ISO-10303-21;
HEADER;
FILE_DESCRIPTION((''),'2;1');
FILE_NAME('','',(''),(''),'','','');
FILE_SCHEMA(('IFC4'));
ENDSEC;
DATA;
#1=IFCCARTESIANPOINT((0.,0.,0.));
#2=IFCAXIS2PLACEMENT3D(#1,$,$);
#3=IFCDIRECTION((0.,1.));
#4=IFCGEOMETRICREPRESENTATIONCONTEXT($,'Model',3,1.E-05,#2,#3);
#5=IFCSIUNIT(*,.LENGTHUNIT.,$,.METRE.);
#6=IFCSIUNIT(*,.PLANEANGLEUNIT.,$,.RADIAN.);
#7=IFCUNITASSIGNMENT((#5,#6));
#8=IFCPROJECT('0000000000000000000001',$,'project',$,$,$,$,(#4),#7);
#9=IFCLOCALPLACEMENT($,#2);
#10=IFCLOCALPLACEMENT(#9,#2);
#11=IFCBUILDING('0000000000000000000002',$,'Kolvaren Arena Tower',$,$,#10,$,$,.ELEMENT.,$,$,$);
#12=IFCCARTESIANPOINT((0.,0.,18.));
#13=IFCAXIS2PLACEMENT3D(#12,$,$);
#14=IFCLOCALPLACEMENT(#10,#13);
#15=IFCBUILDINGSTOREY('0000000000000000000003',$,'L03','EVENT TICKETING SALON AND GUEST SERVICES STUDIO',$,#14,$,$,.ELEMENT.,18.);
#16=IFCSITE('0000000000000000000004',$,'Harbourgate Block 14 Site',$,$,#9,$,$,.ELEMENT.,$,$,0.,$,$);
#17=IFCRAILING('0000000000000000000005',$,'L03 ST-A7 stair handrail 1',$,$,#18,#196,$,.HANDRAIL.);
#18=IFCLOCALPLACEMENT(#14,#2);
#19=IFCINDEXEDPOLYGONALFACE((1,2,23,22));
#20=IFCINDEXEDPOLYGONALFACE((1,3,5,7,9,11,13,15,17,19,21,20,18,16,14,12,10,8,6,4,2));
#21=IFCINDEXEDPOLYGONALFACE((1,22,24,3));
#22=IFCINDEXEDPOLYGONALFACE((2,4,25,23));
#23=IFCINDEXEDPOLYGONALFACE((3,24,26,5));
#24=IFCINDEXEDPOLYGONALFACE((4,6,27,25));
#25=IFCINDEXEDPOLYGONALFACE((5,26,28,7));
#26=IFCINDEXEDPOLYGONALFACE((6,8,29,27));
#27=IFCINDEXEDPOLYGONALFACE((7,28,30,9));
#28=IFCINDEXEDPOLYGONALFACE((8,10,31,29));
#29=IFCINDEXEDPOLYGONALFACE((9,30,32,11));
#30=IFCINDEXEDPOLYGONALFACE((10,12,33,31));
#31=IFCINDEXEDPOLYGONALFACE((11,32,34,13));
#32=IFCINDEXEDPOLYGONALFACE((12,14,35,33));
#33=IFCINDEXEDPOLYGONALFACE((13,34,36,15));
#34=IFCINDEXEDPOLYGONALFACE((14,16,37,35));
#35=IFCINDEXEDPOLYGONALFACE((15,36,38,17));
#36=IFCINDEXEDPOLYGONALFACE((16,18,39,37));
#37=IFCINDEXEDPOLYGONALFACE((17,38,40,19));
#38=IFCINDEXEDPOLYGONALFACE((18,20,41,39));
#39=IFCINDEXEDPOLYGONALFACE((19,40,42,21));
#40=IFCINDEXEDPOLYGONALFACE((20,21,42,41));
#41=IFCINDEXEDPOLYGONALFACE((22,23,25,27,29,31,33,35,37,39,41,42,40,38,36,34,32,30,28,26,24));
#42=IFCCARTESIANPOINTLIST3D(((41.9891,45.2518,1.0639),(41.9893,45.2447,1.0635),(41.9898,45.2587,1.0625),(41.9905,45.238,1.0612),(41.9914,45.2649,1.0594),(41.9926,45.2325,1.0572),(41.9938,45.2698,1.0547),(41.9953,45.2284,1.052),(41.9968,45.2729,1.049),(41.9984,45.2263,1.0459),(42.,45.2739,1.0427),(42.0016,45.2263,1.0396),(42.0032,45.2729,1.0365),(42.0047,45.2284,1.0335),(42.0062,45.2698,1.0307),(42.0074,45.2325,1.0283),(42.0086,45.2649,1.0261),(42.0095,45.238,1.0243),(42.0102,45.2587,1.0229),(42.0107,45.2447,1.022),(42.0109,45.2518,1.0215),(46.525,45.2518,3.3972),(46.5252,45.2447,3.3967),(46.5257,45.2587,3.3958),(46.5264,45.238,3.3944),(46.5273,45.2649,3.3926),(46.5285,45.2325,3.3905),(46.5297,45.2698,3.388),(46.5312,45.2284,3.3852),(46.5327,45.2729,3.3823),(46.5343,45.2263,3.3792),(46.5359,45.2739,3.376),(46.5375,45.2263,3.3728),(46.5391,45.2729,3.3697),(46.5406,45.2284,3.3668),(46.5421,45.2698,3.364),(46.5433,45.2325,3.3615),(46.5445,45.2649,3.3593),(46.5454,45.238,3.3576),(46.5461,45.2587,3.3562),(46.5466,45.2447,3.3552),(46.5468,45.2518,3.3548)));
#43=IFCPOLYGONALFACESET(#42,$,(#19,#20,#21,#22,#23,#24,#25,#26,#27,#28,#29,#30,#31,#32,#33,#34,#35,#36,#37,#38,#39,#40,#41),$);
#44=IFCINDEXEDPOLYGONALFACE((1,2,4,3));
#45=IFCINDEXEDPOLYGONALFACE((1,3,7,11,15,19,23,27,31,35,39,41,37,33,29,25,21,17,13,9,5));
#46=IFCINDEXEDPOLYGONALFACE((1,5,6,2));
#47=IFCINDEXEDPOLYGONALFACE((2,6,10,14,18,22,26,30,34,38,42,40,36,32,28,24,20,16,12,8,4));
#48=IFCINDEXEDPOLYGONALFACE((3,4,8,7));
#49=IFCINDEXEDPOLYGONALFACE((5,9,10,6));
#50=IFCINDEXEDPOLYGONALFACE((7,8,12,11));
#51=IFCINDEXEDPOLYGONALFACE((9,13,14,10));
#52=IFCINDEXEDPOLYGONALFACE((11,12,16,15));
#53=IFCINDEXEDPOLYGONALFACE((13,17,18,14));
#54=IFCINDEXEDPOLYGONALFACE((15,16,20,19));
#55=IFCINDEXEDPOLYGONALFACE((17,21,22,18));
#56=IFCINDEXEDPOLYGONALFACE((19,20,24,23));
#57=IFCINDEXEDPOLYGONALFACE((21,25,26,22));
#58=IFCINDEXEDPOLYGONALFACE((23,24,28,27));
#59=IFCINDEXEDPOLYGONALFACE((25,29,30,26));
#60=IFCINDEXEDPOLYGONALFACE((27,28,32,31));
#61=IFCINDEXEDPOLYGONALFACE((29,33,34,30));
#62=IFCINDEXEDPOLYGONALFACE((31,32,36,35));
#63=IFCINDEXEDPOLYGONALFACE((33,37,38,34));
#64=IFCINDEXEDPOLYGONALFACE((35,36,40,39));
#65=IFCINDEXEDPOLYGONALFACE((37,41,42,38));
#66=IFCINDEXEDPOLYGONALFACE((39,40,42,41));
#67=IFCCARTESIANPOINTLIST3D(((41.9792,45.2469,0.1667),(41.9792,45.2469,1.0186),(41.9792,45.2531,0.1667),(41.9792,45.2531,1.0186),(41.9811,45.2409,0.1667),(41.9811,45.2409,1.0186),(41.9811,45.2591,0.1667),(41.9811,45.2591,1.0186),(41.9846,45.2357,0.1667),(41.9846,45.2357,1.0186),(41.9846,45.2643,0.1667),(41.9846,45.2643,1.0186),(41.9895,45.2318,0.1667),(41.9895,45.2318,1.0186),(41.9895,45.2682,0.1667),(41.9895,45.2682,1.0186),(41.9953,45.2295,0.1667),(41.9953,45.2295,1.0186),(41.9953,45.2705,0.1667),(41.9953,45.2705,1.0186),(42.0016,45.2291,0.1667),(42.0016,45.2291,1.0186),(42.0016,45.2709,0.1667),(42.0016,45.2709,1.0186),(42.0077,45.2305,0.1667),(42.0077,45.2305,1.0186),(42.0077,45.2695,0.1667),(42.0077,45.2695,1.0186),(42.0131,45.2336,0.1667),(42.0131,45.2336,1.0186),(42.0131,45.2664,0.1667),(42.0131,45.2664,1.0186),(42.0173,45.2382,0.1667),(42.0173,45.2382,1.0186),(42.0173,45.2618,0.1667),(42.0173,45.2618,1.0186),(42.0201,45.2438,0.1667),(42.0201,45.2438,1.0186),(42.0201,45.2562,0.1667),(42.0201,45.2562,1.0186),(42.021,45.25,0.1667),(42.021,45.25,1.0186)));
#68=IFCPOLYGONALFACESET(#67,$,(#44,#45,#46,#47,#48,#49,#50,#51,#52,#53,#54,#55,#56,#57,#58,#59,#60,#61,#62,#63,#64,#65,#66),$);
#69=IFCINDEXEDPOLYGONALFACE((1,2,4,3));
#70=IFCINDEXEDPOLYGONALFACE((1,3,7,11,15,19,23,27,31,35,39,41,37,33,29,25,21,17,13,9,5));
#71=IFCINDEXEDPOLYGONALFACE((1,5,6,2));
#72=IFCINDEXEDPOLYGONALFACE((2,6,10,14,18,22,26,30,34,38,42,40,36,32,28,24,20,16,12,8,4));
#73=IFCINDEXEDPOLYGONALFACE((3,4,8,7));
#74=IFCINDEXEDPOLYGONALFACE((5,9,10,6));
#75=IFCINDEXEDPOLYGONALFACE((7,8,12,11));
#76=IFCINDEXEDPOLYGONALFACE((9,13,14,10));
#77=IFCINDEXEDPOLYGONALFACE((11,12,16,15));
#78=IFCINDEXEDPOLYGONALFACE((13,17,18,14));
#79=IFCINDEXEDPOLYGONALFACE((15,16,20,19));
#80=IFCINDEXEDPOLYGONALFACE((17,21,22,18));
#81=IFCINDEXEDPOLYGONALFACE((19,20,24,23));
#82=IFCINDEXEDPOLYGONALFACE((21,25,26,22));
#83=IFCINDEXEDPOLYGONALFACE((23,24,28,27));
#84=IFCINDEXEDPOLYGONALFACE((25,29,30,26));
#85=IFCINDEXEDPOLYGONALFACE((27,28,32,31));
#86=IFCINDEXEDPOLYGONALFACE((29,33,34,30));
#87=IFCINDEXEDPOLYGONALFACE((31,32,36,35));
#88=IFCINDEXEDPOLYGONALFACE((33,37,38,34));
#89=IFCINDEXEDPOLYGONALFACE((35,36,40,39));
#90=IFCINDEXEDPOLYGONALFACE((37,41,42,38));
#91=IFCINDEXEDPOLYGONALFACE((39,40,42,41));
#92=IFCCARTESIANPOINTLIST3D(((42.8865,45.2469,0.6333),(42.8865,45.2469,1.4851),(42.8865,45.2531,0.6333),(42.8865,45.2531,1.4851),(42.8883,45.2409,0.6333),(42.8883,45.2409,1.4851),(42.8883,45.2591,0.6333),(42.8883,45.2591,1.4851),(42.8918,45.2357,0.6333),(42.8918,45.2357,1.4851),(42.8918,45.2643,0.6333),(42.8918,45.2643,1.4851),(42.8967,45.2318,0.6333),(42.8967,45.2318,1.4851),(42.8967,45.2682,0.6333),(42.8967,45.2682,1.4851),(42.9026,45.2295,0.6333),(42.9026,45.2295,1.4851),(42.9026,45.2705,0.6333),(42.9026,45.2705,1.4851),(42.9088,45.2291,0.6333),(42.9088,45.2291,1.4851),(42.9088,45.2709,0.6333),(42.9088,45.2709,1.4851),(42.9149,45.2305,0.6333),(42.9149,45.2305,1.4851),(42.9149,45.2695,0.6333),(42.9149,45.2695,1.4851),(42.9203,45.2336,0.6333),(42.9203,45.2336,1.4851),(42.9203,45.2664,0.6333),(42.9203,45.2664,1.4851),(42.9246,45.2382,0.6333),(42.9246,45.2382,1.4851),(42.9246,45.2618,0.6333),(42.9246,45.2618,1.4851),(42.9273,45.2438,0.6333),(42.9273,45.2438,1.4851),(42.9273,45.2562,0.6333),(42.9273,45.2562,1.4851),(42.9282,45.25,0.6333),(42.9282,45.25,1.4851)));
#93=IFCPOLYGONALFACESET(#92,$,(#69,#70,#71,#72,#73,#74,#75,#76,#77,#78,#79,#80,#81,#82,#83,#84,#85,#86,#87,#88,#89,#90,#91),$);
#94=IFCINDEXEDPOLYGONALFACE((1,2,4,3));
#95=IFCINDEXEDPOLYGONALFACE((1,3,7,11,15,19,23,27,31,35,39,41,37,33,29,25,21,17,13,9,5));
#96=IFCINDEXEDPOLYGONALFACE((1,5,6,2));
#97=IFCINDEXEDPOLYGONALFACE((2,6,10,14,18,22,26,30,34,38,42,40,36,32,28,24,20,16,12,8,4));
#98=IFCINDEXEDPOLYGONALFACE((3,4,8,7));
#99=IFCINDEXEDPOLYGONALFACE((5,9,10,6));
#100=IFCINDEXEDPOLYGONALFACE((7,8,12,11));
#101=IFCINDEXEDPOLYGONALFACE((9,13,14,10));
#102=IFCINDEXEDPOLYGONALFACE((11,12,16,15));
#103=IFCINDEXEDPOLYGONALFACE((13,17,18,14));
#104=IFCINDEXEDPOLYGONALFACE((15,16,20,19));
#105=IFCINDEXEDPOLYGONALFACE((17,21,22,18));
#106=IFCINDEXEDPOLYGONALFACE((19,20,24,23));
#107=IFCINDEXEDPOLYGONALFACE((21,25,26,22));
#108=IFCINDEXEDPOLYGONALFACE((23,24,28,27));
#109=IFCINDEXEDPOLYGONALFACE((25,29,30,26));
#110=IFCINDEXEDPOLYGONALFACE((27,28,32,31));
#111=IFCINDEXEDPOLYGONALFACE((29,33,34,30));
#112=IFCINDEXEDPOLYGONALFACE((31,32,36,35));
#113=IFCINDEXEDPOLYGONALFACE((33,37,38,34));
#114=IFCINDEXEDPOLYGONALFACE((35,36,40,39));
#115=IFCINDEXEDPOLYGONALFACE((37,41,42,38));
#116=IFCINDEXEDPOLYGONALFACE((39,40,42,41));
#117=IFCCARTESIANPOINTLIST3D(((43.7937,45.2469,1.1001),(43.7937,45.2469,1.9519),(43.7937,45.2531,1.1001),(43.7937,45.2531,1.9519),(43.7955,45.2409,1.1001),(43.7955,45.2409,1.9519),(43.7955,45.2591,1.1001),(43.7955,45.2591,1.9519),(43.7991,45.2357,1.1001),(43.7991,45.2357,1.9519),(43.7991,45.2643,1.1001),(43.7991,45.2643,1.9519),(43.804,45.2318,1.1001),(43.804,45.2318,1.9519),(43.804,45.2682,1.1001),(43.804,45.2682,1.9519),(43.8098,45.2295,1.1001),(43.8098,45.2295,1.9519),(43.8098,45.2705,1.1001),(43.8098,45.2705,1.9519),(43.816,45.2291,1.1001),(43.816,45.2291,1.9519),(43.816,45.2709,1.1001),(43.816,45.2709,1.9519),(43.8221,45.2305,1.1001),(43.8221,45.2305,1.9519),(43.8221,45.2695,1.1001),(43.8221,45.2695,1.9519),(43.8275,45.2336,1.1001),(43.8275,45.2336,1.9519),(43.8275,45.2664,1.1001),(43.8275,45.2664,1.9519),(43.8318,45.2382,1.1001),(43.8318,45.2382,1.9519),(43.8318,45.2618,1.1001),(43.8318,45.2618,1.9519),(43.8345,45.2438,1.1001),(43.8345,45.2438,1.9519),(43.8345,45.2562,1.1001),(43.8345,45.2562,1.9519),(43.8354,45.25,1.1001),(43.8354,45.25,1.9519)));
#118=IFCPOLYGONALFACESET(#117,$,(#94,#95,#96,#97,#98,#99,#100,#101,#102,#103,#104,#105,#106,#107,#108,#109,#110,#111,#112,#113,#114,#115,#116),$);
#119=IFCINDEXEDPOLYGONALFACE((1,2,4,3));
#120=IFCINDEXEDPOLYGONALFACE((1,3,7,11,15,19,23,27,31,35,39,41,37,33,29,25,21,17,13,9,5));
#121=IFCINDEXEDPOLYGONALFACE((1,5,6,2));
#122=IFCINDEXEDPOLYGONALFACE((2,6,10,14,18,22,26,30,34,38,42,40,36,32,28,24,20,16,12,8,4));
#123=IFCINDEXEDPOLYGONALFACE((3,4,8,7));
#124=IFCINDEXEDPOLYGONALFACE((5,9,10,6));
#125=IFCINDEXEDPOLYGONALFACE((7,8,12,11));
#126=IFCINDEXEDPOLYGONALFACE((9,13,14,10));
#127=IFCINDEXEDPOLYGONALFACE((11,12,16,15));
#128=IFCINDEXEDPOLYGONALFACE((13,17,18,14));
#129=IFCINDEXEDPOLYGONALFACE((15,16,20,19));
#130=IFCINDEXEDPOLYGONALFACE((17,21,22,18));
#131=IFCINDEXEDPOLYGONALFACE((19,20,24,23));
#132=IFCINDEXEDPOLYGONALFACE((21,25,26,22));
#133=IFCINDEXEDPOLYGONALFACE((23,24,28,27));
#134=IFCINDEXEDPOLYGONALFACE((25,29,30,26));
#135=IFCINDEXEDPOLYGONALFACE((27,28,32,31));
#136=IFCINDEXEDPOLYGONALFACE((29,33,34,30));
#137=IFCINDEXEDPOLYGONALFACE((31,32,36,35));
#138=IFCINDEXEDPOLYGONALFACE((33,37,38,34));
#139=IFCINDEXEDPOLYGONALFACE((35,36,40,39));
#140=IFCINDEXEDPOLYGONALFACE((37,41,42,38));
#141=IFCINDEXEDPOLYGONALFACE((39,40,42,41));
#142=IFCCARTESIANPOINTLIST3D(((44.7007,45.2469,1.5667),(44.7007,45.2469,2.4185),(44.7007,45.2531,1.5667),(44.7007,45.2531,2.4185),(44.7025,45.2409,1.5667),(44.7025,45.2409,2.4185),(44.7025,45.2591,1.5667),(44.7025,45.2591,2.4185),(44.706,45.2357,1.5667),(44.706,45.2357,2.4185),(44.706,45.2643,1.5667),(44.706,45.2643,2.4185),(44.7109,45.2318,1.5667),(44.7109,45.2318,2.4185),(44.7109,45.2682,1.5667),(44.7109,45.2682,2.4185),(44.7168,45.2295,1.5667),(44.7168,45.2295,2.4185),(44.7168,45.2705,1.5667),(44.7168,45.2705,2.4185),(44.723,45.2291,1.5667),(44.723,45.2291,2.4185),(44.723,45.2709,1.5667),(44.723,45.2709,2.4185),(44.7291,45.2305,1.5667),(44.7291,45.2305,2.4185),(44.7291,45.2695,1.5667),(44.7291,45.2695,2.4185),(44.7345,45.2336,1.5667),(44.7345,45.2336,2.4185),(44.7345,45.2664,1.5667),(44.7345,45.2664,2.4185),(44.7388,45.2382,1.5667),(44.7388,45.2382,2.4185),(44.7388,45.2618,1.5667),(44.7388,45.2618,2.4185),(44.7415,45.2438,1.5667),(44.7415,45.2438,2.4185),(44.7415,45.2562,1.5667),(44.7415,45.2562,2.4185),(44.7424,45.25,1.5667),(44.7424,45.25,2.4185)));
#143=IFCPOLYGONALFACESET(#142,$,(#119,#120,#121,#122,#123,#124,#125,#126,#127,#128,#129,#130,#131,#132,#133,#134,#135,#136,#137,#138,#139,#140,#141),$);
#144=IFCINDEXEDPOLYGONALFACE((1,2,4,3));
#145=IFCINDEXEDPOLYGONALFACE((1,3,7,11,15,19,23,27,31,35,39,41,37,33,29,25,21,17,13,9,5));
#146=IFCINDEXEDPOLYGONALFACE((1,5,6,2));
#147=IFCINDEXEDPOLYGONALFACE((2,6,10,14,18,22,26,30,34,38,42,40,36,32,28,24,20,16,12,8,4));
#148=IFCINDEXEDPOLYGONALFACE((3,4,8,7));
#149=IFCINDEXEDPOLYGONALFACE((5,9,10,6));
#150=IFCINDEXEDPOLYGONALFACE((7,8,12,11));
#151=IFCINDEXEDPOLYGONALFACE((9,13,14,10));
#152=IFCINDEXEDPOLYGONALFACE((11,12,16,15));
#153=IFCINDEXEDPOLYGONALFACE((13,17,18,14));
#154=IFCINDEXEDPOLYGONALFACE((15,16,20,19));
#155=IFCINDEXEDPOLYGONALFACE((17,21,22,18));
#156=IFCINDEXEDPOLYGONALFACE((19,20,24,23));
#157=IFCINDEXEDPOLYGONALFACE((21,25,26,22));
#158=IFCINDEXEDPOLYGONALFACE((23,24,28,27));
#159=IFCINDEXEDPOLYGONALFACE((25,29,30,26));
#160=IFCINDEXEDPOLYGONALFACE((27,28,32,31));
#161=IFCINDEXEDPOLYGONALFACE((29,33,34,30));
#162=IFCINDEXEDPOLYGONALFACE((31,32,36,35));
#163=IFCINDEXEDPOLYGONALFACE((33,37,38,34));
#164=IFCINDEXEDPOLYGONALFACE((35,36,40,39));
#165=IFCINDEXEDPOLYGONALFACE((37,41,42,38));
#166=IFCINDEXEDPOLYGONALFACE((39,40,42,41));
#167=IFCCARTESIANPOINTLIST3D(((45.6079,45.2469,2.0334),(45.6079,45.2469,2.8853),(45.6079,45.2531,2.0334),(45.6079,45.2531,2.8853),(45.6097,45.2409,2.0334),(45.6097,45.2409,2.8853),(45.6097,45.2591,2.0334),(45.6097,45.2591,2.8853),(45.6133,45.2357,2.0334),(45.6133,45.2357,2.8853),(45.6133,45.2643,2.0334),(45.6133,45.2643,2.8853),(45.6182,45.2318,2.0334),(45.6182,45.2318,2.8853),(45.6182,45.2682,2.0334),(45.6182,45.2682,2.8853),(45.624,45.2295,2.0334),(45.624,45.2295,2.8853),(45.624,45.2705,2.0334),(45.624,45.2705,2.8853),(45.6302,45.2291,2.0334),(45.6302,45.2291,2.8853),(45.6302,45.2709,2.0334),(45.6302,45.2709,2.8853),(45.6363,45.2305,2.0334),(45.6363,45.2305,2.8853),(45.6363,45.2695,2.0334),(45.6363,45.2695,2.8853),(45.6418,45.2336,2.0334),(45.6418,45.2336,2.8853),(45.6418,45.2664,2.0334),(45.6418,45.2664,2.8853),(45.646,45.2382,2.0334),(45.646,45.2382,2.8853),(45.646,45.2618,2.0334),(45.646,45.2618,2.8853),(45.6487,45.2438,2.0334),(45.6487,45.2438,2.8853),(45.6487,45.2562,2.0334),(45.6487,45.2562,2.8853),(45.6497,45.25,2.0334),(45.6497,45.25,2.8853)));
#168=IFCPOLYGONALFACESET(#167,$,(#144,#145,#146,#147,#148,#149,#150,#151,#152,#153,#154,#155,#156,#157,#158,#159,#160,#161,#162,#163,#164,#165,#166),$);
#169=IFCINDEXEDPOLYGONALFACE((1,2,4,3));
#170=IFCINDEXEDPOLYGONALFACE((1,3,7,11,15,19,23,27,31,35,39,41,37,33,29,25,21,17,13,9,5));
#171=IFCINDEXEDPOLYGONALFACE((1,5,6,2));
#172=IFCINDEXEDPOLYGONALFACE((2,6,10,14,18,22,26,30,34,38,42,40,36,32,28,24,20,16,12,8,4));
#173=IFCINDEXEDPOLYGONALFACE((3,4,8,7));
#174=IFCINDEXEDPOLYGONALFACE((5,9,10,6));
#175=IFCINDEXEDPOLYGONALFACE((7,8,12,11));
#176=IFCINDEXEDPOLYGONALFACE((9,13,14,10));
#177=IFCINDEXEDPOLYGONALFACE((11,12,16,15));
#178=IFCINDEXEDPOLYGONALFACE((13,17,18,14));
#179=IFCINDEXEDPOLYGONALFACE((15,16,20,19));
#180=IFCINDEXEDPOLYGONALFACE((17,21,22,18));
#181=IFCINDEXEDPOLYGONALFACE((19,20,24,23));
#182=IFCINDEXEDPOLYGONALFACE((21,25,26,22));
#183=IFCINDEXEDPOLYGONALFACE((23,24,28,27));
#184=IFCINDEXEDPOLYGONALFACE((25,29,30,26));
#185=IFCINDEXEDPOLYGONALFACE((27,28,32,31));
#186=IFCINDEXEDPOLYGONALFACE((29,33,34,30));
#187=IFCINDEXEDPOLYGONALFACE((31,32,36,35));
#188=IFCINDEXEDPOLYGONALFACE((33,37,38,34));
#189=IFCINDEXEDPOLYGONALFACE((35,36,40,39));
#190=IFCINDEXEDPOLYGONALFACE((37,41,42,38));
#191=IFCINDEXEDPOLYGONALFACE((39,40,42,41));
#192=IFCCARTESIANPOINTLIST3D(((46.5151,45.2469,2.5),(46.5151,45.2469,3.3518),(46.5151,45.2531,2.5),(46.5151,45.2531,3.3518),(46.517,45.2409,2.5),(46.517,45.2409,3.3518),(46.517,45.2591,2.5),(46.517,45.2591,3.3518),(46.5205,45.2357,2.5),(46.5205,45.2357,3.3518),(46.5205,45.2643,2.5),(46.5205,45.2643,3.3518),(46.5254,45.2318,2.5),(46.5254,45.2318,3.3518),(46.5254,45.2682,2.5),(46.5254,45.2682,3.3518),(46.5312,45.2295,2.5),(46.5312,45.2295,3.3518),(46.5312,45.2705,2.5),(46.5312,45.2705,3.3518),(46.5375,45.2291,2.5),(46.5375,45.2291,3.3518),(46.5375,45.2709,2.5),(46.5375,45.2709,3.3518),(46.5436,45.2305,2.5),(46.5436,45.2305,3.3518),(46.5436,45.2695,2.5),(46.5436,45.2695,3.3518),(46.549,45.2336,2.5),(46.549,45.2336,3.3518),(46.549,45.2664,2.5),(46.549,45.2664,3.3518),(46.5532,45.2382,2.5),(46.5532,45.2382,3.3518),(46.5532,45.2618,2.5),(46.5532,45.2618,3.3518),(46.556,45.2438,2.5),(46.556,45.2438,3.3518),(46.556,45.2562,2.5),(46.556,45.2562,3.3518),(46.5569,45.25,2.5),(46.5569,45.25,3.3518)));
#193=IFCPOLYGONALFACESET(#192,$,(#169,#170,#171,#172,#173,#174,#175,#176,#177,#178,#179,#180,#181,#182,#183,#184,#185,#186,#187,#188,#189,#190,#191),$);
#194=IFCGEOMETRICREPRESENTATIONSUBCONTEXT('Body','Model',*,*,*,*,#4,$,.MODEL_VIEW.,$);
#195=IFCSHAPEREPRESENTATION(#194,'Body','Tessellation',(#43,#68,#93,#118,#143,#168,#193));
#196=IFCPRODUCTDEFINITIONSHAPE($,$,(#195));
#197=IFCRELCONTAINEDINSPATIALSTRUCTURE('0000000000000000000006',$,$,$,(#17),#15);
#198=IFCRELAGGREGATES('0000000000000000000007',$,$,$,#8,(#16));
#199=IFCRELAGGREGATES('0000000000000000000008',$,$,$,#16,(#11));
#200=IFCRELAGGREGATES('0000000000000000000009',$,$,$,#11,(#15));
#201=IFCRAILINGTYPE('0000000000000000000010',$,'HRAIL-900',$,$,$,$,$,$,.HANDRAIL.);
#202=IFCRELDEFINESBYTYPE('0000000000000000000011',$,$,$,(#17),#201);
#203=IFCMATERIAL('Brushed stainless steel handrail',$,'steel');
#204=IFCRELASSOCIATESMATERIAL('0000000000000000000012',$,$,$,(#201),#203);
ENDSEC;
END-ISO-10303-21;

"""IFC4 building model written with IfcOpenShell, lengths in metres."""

from ifc_helpers import new_model, si_unit, direction, frame, origin, origin_2d, place, context, subcontext, project, spatial, circle, extrude, material, type_object, element, save


model = new_model("IFC4")

# Units and contexts
model_context = context("Model", 3, precision=1e-05, world=origin(), true_north=direction((0.0, 1.0)))
body_context = subcontext(model_context, "Body", "Model", "MODEL_VIEW")
ifc_project = project(units=[si_unit("LENGTHUNIT", "METRE"), si_unit("PLANEANGLEUNIT", "RADIAN")], contexts=[model_context])

# Site, building, storey
site_placement = place(None, origin())
site = spatial("IfcSite", under=ifc_project, at=site_placement, Name="Harbourgate Block 14 Site", CompositionType="ELEMENT", RefElevation=0.0)
building_placement = place(site_placement, origin())
building = spatial("IfcBuilding", under=site, at=building_placement, Name="Kolvaren Arena Tower", CompositionType="ELEMENT")
storey_placement = place(building_placement, frame((0.0, 0.0, 18.0)))
storey = spatial("IfcBuildingStorey", under=building, at=storey_placement, Name="L03", Description="EVENT TICKETING SALON AND GUEST SERVICES STUDIO", CompositionType="ELEMENT", Elevation=18.0)

# Railing
ifc_material_1 = material(Name="Brushed stainless steel handrail", Category="steel")
railing_type_1 = type_object("IfcRailingType", Name="HRAIL-900", PredefinedType="HANDRAIL", material=ifc_material_1)
railing_1_placement = place(storey_placement, frame((42.0, 45.25, 0.1667)))
element("IfcRailing", 1, at=railing_1_placement, inside=storey, type_object=railing_type_1, Name="L03 ST-A7 stair handrail 1", PredefinedType="HANDRAIL", context=body_context, shape_type="SweptSolid", body=[
    extrude(circle(Radius=0.0239, at=origin_2d()), frame((0.0, 0.0, 0.876), z_axis=(0.889247, 0.0, 0.457427), x_axis=(0.0, 1.0, 0.0)), (0.0, 0.0, 1.0), 5.1008),
    extrude(circle(Radius=0.021, at=origin_2d()), origin(), (0.0, 0.0, 1.0), 0.8518),
    extrude(circle(Radius=0.021, at=origin_2d()), frame((0.9072, 0.0, 0.4666)), (0.0, 0.0, 1.0), 0.8518),
    extrude(circle(Radius=0.021, at=origin_2d()), frame((1.8145, 0.0, 0.9333)), (0.0, 0.0, 1.0), 0.8518),
    extrude(circle(Radius=0.021, at=origin_2d()), frame((2.7214, 0.0, 1.3999)), (0.0, 0.0, 1.0), 0.8518),
    extrude(circle(Radius=0.021, at=origin_2d()), frame((3.6287, 0.0, 1.8667)), (0.0, 0.0, 1.0), 0.8518),
    extrude(circle(Radius=0.021, at=origin_2d()), frame((4.5359, 0.0, 2.3333)), (0.0, 0.0, 1.0), 0.8518),
])

save(model, "model.ifc")
